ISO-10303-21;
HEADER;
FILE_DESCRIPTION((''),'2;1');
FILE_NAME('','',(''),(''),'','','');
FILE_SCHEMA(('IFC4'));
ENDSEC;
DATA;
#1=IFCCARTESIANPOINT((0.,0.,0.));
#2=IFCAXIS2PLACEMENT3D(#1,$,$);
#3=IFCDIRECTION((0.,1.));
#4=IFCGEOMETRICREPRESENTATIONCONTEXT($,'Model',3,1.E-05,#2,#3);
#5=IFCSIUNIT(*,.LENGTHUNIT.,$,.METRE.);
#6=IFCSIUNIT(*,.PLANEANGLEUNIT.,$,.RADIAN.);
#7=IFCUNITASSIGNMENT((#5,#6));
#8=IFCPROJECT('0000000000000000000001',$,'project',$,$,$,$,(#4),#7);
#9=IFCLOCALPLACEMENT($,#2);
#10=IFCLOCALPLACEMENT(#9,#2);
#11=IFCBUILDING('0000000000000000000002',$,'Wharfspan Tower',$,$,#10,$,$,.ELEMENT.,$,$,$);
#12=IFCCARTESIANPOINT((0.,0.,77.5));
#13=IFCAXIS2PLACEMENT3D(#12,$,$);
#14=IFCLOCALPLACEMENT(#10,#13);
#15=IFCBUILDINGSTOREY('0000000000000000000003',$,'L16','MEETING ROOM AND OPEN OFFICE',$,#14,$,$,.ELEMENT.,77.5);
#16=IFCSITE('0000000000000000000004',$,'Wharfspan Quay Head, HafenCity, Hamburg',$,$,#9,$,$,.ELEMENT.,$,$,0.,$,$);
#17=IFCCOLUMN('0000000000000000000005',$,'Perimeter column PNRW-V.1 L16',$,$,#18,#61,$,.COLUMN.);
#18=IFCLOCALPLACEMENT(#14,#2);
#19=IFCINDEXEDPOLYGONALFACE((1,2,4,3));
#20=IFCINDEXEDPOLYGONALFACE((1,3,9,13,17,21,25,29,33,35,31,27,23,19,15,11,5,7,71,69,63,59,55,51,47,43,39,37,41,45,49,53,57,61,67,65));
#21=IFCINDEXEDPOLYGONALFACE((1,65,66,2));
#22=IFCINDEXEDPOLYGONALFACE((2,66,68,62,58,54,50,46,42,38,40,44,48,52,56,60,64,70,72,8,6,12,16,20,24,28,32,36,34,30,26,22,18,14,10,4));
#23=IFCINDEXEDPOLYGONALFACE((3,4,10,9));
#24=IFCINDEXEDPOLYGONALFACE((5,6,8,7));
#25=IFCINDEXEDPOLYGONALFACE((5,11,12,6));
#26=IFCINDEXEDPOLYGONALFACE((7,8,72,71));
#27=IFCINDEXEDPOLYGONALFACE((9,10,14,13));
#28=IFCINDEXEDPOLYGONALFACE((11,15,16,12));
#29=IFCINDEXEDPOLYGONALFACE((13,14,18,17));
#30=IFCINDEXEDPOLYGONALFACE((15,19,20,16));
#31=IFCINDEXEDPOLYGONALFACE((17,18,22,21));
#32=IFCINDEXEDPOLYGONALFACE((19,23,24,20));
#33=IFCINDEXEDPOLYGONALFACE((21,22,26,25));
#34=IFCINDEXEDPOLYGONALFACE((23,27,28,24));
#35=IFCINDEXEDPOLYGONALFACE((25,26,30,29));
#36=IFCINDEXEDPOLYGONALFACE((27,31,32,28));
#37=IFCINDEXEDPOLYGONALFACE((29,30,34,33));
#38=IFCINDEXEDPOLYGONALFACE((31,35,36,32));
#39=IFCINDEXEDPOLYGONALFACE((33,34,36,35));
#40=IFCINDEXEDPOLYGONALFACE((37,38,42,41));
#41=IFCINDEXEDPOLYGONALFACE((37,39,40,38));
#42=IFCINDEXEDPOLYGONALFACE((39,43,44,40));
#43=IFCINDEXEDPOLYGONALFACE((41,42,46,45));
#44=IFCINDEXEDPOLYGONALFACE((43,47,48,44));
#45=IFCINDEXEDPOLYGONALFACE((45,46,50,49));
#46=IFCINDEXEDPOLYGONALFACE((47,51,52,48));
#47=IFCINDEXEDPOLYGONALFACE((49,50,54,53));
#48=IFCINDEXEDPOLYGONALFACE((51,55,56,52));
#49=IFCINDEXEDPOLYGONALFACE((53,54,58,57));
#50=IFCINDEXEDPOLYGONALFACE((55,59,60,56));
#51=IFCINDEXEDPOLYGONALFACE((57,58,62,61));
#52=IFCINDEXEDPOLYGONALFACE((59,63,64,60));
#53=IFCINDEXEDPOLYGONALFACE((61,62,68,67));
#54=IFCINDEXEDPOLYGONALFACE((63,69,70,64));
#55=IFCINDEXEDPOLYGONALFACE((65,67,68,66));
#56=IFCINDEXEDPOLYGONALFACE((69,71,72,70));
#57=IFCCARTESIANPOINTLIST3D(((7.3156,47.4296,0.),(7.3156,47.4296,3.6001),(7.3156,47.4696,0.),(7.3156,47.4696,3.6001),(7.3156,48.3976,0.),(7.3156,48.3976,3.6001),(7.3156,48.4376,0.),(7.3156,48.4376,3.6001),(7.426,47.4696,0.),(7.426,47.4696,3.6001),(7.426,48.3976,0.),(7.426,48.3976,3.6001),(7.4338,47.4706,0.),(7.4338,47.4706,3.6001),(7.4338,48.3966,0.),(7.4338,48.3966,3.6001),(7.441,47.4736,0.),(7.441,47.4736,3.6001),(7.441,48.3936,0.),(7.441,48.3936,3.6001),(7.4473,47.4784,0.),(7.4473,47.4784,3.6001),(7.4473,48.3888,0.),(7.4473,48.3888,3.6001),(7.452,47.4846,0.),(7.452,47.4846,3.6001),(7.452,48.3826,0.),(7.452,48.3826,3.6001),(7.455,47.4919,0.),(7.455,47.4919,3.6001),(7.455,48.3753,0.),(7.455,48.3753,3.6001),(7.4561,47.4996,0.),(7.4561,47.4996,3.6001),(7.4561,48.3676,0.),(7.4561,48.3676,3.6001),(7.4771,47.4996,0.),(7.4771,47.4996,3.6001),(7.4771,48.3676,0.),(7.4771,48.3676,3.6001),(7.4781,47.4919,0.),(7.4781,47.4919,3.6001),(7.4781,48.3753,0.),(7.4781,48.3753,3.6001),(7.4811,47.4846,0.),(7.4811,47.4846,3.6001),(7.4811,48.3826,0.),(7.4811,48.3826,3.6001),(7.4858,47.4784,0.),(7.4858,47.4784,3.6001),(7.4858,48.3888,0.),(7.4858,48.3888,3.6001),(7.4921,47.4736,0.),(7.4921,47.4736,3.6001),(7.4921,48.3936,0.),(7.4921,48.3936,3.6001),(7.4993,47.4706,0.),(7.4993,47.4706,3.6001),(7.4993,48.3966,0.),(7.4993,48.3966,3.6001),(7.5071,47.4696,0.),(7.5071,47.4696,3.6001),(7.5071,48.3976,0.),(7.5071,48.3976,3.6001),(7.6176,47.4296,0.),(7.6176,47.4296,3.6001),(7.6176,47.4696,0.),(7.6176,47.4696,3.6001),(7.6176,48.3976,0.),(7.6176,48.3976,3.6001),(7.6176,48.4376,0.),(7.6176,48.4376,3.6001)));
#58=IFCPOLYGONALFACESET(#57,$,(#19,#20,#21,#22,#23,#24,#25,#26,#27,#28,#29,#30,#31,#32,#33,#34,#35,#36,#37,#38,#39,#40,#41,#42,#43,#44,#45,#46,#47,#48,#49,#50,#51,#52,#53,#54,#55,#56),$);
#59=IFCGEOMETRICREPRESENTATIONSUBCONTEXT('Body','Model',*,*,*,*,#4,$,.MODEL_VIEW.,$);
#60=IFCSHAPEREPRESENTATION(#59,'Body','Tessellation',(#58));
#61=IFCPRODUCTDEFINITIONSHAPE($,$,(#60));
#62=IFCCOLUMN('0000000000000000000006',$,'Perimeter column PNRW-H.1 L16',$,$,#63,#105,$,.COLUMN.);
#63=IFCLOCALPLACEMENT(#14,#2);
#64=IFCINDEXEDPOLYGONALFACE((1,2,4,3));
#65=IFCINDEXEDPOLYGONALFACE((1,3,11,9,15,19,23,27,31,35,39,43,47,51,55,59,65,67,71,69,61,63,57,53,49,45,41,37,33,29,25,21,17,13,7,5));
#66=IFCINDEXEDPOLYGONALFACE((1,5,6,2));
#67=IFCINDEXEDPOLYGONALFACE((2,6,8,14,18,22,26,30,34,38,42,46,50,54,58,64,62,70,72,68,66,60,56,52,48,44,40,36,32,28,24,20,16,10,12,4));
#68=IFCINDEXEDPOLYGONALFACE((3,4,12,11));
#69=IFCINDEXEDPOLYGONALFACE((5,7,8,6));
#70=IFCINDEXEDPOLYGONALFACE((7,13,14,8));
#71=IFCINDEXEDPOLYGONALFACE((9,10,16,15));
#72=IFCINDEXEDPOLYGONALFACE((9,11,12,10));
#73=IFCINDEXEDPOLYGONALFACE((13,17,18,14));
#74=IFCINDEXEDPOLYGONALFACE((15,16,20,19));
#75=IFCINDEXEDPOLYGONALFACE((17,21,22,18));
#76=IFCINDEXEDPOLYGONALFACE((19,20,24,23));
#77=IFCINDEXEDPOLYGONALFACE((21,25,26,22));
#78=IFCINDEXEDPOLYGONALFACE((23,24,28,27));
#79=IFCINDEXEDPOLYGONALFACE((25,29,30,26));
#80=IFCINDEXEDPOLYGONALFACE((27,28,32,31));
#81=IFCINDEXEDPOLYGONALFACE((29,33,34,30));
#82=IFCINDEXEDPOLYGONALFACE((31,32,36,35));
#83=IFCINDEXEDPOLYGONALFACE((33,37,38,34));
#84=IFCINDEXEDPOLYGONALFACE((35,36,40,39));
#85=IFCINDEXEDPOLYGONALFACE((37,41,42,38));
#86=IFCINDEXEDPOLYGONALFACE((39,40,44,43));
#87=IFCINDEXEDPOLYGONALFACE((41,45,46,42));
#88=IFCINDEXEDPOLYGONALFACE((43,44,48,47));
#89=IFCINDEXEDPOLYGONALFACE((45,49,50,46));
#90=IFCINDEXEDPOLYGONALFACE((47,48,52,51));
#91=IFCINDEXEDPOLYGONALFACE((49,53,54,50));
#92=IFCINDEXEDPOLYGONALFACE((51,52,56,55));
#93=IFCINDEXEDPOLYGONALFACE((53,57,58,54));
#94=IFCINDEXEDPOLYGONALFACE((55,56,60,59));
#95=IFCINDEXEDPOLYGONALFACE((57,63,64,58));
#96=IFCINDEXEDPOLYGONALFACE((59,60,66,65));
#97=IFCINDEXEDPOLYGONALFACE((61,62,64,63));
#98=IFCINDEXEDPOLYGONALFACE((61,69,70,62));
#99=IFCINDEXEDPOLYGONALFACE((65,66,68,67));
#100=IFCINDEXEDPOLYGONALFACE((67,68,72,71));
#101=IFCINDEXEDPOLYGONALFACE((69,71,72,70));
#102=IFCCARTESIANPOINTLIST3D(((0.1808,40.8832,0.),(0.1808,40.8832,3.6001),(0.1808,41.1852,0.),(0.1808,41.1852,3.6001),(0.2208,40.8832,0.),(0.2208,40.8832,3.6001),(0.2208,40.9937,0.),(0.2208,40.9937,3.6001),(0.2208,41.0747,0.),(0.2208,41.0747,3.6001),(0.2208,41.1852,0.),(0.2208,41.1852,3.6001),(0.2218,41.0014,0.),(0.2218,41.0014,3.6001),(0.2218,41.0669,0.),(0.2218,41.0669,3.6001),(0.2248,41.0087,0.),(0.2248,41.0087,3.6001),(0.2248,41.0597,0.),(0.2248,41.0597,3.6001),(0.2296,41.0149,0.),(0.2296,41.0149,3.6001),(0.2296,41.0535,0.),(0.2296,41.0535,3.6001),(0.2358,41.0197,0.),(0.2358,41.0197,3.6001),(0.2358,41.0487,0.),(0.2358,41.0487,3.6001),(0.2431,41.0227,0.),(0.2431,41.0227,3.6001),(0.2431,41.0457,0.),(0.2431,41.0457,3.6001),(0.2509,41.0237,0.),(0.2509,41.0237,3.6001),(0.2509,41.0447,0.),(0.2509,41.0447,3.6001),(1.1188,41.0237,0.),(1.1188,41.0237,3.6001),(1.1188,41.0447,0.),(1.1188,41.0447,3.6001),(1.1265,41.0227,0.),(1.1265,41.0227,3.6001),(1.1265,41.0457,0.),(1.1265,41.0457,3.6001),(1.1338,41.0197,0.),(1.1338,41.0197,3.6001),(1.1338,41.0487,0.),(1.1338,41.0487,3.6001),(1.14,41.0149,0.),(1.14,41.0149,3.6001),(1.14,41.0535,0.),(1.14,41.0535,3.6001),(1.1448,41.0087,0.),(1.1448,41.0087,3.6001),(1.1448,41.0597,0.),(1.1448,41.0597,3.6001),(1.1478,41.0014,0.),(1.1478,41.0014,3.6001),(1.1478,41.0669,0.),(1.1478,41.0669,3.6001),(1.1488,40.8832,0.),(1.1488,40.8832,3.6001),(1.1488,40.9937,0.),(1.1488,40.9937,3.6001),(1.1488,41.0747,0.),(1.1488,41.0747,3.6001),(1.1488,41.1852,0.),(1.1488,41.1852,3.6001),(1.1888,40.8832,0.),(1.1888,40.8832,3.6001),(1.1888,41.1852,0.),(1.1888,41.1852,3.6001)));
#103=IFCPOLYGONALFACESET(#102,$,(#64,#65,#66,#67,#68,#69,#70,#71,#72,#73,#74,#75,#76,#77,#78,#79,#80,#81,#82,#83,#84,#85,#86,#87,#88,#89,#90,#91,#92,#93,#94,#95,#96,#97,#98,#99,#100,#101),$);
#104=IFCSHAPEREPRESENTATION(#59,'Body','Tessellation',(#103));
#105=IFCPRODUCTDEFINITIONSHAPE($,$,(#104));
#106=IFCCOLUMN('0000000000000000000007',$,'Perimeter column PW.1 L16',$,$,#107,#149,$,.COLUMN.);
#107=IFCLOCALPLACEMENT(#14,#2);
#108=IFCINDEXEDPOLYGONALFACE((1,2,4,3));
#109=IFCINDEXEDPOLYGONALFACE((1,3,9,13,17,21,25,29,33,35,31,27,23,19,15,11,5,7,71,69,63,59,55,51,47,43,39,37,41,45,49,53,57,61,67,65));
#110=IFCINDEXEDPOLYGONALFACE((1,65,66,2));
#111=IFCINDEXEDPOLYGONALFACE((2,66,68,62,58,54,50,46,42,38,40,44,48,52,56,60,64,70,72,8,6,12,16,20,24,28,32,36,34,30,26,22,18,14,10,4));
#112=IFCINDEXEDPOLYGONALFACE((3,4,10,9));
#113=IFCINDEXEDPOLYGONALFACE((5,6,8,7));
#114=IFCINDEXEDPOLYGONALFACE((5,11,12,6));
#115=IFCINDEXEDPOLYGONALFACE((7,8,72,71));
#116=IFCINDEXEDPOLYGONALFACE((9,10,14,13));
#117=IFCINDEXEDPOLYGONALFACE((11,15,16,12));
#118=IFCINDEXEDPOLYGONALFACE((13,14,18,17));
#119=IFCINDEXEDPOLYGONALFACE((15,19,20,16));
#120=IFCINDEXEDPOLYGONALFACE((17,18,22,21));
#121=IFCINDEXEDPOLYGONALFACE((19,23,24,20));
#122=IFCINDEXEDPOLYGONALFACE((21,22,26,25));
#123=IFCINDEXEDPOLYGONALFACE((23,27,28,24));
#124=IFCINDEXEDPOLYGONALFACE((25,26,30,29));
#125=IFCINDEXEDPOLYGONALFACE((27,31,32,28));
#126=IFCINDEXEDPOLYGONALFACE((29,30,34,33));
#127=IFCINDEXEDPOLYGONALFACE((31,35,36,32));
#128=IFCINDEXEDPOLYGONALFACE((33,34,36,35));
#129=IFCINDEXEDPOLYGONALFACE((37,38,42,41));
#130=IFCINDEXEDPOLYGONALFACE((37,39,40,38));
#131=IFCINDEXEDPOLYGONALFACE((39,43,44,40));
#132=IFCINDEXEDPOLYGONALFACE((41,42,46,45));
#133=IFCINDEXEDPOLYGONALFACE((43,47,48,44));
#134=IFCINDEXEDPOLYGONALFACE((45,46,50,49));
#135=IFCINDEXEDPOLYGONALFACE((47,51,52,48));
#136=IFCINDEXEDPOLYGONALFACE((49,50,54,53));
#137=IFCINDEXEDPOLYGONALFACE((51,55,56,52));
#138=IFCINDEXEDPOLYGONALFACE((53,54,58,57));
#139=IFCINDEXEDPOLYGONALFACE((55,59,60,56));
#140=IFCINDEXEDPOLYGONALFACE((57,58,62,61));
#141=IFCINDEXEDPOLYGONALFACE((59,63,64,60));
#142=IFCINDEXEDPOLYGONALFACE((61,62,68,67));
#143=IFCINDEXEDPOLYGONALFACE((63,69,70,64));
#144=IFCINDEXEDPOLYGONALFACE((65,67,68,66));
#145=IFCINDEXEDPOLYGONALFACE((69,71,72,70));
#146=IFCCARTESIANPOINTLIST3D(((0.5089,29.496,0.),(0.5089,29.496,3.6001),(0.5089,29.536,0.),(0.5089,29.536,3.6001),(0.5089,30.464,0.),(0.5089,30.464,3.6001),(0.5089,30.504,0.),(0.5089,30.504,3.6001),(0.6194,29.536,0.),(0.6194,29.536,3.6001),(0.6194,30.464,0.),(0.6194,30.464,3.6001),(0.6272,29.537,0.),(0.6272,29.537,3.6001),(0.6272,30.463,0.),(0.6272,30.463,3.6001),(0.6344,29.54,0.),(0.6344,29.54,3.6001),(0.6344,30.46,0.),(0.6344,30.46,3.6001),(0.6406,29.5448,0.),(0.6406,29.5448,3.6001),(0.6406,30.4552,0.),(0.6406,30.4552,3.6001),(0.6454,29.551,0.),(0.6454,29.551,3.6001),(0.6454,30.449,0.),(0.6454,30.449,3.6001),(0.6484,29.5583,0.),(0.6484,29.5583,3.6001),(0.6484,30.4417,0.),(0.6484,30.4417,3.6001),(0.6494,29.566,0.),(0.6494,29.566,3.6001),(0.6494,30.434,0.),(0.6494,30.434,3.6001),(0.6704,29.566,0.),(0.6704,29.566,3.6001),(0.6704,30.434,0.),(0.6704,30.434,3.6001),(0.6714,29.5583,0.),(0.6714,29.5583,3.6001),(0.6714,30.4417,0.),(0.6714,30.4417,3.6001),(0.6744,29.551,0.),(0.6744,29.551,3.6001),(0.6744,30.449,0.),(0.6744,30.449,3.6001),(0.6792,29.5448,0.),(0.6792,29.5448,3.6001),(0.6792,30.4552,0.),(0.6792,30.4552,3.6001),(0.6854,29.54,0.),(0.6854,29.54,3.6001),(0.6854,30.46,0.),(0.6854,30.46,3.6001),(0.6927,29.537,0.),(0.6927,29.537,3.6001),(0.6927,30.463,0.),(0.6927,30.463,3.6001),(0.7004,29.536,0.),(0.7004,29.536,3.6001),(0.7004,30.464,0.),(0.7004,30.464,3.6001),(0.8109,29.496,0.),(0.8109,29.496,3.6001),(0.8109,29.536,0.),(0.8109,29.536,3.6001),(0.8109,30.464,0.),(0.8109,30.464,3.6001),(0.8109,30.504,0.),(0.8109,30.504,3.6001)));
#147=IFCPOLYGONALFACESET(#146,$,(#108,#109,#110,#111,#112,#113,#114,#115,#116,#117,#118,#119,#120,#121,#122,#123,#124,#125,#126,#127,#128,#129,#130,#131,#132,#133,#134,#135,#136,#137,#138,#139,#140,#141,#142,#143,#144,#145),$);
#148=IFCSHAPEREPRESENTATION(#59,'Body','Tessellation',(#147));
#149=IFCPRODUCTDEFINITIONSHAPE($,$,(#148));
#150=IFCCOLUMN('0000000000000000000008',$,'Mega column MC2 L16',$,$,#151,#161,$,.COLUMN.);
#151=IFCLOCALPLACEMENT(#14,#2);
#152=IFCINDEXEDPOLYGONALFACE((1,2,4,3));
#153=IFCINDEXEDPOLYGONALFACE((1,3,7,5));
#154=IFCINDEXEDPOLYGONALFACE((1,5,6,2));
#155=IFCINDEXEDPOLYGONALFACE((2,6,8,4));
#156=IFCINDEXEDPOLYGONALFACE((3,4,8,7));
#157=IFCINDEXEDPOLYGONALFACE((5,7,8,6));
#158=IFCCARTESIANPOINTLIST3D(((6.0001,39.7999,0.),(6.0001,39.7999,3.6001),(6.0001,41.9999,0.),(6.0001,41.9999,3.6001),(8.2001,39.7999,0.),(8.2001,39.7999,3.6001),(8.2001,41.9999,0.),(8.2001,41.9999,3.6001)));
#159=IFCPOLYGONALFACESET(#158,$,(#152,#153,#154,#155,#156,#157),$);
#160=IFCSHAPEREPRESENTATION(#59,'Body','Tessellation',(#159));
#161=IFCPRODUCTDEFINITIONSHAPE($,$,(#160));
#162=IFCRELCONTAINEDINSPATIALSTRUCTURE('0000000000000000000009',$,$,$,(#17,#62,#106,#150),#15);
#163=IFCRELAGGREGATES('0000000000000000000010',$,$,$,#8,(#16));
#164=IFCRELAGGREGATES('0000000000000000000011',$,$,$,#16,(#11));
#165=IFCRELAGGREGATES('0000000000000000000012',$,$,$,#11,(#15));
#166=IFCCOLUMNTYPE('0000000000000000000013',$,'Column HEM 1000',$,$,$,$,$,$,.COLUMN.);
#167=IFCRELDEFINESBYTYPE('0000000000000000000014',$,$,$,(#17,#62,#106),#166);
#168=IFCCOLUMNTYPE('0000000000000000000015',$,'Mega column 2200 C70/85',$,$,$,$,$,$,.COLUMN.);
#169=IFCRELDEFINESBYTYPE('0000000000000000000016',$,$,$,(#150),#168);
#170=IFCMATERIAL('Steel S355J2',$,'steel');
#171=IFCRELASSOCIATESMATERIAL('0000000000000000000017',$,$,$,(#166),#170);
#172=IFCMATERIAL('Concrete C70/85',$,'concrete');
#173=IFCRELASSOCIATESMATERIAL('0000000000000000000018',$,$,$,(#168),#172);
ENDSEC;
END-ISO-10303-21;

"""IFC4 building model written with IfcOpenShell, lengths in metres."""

from ifc_helpers import new_model, si_unit, direction, frame, origin, origin_2d, place, context, subcontext, project, spatial, rectangle, i_section, extrude, material, material_profile, profile_set, type_object, element, save


model = new_model("IFC4")

# Units and contexts
model_context = context("Model", 3, precision=1e-05, world=origin(), true_north=direction((0.0, 1.0)))
body_context = subcontext(model_context, "Body", "Model", "MODEL_VIEW")
ifc_project = project(units=[si_unit("LENGTHUNIT", "METRE"), si_unit("PLANEANGLEUNIT", "RADIAN")], contexts=[model_context])

# Site, building, storey
site_placement = place(None, origin())
site = spatial("IfcSite", under=ifc_project, at=site_placement, Name="Wharfspan Quay Head, HafenCity, Hamburg", CompositionType="ELEMENT", RefElevation=0.0)
building_placement = place(site_placement, origin())
building = spatial("IfcBuilding", under=site, at=building_placement, Name="Wharfspan Tower", CompositionType="ELEMENT")
storey_placement = place(building_placement, frame((0.0, 0.0, 77.5)))
storey = spatial("IfcBuildingStorey", under=building, at=storey_placement, Name="L16", Description="MEETING ROOM AND OPEN OFFICE", CompositionType="ELEMENT", Elevation=77.5)

# Columns
ifc_material_1 = material(Name="Steel S355J2", Category="steel")
ifc_material_profile_1 = material_profile(ifc_material_1, i_section(OverallWidth=0.302, OverallDepth=1.0081, WebThickness=0.021, FlangeThickness=0.04, FilletRadius=0.03, at=origin_2d()))
ifc_profile_set_1 = profile_set([ifc_material_profile_1], Name="Steel S355J2")
column_type_1 = type_object("IfcColumnType", Name="Column HEM 1000", PredefinedType="COLUMN", material=ifc_profile_set_1)
for number, where, z_axis, x_axis, name in (
    (1, (7.4666, 47.9336, 0.0), (0.0, 0.0, 1.0), (-1.0, 0.0, 0.0), "Perimeter column PNRW-V.1 L16"),
    (2, (0.6848, 41.0342, 0.0), (0.0, 0.0, 1.0), (0.0, 1.0, 0.0), "Perimeter column PNRW-H.1 L16"),
    (3, (0.6599, 30.0, 0.0), (0.0, 0.0, 1.0), (-1.0, 0.0, 0.0), "Perimeter column PW.1 L16"),
):
    element("IfcColumn", number, at=place(storey_placement, frame(where, z_axis=z_axis, x_axis=x_axis)), inside=storey, type_object=column_type_1, Name=name, PredefinedType="COLUMN", context=body_context, shape_type="SweptSolid", body=[
        extrude(i_section(OverallWidth=0.302, OverallDepth=1.0081, WebThickness=0.021, FlangeThickness=0.04, FilletRadius=0.03, at=origin_2d()), origin(), (0.0, 0.0, 1.0), 3.6001),
    ])
ifc_material_2 = material(Name="Concrete C70/85", Category="concrete")
ifc_material_profile_2 = material_profile(ifc_material_2, rectangle(XDim=2.2, YDim=2.2, at=origin_2d()))
ifc_profile_set_2 = profile_set([ifc_material_profile_2], Name="Concrete C70/85")
column_type_2 = type_object("IfcColumnType", Name="Mega column 2200 C70/85", PredefinedType="COLUMN", material=ifc_profile_set_2)
column_placement = place(storey_placement, frame((7.1001, 40.8999, 0.0), z_axis=(0.0, 0.0, 1.0), x_axis=(1.0, 0.0, 0.0)))
element("IfcColumn", 4, at=column_placement, inside=storey, type_object=column_type_2, Name="Mega column MC2 L16", PredefinedType="COLUMN", context=body_context, shape_type="SweptSolid", body=[
    extrude(rectangle(XDim=2.2, YDim=2.2, at=origin_2d()), origin(), (0.0, 0.0, 1.0), 3.6001),
])

save(model, "model.ifc")
